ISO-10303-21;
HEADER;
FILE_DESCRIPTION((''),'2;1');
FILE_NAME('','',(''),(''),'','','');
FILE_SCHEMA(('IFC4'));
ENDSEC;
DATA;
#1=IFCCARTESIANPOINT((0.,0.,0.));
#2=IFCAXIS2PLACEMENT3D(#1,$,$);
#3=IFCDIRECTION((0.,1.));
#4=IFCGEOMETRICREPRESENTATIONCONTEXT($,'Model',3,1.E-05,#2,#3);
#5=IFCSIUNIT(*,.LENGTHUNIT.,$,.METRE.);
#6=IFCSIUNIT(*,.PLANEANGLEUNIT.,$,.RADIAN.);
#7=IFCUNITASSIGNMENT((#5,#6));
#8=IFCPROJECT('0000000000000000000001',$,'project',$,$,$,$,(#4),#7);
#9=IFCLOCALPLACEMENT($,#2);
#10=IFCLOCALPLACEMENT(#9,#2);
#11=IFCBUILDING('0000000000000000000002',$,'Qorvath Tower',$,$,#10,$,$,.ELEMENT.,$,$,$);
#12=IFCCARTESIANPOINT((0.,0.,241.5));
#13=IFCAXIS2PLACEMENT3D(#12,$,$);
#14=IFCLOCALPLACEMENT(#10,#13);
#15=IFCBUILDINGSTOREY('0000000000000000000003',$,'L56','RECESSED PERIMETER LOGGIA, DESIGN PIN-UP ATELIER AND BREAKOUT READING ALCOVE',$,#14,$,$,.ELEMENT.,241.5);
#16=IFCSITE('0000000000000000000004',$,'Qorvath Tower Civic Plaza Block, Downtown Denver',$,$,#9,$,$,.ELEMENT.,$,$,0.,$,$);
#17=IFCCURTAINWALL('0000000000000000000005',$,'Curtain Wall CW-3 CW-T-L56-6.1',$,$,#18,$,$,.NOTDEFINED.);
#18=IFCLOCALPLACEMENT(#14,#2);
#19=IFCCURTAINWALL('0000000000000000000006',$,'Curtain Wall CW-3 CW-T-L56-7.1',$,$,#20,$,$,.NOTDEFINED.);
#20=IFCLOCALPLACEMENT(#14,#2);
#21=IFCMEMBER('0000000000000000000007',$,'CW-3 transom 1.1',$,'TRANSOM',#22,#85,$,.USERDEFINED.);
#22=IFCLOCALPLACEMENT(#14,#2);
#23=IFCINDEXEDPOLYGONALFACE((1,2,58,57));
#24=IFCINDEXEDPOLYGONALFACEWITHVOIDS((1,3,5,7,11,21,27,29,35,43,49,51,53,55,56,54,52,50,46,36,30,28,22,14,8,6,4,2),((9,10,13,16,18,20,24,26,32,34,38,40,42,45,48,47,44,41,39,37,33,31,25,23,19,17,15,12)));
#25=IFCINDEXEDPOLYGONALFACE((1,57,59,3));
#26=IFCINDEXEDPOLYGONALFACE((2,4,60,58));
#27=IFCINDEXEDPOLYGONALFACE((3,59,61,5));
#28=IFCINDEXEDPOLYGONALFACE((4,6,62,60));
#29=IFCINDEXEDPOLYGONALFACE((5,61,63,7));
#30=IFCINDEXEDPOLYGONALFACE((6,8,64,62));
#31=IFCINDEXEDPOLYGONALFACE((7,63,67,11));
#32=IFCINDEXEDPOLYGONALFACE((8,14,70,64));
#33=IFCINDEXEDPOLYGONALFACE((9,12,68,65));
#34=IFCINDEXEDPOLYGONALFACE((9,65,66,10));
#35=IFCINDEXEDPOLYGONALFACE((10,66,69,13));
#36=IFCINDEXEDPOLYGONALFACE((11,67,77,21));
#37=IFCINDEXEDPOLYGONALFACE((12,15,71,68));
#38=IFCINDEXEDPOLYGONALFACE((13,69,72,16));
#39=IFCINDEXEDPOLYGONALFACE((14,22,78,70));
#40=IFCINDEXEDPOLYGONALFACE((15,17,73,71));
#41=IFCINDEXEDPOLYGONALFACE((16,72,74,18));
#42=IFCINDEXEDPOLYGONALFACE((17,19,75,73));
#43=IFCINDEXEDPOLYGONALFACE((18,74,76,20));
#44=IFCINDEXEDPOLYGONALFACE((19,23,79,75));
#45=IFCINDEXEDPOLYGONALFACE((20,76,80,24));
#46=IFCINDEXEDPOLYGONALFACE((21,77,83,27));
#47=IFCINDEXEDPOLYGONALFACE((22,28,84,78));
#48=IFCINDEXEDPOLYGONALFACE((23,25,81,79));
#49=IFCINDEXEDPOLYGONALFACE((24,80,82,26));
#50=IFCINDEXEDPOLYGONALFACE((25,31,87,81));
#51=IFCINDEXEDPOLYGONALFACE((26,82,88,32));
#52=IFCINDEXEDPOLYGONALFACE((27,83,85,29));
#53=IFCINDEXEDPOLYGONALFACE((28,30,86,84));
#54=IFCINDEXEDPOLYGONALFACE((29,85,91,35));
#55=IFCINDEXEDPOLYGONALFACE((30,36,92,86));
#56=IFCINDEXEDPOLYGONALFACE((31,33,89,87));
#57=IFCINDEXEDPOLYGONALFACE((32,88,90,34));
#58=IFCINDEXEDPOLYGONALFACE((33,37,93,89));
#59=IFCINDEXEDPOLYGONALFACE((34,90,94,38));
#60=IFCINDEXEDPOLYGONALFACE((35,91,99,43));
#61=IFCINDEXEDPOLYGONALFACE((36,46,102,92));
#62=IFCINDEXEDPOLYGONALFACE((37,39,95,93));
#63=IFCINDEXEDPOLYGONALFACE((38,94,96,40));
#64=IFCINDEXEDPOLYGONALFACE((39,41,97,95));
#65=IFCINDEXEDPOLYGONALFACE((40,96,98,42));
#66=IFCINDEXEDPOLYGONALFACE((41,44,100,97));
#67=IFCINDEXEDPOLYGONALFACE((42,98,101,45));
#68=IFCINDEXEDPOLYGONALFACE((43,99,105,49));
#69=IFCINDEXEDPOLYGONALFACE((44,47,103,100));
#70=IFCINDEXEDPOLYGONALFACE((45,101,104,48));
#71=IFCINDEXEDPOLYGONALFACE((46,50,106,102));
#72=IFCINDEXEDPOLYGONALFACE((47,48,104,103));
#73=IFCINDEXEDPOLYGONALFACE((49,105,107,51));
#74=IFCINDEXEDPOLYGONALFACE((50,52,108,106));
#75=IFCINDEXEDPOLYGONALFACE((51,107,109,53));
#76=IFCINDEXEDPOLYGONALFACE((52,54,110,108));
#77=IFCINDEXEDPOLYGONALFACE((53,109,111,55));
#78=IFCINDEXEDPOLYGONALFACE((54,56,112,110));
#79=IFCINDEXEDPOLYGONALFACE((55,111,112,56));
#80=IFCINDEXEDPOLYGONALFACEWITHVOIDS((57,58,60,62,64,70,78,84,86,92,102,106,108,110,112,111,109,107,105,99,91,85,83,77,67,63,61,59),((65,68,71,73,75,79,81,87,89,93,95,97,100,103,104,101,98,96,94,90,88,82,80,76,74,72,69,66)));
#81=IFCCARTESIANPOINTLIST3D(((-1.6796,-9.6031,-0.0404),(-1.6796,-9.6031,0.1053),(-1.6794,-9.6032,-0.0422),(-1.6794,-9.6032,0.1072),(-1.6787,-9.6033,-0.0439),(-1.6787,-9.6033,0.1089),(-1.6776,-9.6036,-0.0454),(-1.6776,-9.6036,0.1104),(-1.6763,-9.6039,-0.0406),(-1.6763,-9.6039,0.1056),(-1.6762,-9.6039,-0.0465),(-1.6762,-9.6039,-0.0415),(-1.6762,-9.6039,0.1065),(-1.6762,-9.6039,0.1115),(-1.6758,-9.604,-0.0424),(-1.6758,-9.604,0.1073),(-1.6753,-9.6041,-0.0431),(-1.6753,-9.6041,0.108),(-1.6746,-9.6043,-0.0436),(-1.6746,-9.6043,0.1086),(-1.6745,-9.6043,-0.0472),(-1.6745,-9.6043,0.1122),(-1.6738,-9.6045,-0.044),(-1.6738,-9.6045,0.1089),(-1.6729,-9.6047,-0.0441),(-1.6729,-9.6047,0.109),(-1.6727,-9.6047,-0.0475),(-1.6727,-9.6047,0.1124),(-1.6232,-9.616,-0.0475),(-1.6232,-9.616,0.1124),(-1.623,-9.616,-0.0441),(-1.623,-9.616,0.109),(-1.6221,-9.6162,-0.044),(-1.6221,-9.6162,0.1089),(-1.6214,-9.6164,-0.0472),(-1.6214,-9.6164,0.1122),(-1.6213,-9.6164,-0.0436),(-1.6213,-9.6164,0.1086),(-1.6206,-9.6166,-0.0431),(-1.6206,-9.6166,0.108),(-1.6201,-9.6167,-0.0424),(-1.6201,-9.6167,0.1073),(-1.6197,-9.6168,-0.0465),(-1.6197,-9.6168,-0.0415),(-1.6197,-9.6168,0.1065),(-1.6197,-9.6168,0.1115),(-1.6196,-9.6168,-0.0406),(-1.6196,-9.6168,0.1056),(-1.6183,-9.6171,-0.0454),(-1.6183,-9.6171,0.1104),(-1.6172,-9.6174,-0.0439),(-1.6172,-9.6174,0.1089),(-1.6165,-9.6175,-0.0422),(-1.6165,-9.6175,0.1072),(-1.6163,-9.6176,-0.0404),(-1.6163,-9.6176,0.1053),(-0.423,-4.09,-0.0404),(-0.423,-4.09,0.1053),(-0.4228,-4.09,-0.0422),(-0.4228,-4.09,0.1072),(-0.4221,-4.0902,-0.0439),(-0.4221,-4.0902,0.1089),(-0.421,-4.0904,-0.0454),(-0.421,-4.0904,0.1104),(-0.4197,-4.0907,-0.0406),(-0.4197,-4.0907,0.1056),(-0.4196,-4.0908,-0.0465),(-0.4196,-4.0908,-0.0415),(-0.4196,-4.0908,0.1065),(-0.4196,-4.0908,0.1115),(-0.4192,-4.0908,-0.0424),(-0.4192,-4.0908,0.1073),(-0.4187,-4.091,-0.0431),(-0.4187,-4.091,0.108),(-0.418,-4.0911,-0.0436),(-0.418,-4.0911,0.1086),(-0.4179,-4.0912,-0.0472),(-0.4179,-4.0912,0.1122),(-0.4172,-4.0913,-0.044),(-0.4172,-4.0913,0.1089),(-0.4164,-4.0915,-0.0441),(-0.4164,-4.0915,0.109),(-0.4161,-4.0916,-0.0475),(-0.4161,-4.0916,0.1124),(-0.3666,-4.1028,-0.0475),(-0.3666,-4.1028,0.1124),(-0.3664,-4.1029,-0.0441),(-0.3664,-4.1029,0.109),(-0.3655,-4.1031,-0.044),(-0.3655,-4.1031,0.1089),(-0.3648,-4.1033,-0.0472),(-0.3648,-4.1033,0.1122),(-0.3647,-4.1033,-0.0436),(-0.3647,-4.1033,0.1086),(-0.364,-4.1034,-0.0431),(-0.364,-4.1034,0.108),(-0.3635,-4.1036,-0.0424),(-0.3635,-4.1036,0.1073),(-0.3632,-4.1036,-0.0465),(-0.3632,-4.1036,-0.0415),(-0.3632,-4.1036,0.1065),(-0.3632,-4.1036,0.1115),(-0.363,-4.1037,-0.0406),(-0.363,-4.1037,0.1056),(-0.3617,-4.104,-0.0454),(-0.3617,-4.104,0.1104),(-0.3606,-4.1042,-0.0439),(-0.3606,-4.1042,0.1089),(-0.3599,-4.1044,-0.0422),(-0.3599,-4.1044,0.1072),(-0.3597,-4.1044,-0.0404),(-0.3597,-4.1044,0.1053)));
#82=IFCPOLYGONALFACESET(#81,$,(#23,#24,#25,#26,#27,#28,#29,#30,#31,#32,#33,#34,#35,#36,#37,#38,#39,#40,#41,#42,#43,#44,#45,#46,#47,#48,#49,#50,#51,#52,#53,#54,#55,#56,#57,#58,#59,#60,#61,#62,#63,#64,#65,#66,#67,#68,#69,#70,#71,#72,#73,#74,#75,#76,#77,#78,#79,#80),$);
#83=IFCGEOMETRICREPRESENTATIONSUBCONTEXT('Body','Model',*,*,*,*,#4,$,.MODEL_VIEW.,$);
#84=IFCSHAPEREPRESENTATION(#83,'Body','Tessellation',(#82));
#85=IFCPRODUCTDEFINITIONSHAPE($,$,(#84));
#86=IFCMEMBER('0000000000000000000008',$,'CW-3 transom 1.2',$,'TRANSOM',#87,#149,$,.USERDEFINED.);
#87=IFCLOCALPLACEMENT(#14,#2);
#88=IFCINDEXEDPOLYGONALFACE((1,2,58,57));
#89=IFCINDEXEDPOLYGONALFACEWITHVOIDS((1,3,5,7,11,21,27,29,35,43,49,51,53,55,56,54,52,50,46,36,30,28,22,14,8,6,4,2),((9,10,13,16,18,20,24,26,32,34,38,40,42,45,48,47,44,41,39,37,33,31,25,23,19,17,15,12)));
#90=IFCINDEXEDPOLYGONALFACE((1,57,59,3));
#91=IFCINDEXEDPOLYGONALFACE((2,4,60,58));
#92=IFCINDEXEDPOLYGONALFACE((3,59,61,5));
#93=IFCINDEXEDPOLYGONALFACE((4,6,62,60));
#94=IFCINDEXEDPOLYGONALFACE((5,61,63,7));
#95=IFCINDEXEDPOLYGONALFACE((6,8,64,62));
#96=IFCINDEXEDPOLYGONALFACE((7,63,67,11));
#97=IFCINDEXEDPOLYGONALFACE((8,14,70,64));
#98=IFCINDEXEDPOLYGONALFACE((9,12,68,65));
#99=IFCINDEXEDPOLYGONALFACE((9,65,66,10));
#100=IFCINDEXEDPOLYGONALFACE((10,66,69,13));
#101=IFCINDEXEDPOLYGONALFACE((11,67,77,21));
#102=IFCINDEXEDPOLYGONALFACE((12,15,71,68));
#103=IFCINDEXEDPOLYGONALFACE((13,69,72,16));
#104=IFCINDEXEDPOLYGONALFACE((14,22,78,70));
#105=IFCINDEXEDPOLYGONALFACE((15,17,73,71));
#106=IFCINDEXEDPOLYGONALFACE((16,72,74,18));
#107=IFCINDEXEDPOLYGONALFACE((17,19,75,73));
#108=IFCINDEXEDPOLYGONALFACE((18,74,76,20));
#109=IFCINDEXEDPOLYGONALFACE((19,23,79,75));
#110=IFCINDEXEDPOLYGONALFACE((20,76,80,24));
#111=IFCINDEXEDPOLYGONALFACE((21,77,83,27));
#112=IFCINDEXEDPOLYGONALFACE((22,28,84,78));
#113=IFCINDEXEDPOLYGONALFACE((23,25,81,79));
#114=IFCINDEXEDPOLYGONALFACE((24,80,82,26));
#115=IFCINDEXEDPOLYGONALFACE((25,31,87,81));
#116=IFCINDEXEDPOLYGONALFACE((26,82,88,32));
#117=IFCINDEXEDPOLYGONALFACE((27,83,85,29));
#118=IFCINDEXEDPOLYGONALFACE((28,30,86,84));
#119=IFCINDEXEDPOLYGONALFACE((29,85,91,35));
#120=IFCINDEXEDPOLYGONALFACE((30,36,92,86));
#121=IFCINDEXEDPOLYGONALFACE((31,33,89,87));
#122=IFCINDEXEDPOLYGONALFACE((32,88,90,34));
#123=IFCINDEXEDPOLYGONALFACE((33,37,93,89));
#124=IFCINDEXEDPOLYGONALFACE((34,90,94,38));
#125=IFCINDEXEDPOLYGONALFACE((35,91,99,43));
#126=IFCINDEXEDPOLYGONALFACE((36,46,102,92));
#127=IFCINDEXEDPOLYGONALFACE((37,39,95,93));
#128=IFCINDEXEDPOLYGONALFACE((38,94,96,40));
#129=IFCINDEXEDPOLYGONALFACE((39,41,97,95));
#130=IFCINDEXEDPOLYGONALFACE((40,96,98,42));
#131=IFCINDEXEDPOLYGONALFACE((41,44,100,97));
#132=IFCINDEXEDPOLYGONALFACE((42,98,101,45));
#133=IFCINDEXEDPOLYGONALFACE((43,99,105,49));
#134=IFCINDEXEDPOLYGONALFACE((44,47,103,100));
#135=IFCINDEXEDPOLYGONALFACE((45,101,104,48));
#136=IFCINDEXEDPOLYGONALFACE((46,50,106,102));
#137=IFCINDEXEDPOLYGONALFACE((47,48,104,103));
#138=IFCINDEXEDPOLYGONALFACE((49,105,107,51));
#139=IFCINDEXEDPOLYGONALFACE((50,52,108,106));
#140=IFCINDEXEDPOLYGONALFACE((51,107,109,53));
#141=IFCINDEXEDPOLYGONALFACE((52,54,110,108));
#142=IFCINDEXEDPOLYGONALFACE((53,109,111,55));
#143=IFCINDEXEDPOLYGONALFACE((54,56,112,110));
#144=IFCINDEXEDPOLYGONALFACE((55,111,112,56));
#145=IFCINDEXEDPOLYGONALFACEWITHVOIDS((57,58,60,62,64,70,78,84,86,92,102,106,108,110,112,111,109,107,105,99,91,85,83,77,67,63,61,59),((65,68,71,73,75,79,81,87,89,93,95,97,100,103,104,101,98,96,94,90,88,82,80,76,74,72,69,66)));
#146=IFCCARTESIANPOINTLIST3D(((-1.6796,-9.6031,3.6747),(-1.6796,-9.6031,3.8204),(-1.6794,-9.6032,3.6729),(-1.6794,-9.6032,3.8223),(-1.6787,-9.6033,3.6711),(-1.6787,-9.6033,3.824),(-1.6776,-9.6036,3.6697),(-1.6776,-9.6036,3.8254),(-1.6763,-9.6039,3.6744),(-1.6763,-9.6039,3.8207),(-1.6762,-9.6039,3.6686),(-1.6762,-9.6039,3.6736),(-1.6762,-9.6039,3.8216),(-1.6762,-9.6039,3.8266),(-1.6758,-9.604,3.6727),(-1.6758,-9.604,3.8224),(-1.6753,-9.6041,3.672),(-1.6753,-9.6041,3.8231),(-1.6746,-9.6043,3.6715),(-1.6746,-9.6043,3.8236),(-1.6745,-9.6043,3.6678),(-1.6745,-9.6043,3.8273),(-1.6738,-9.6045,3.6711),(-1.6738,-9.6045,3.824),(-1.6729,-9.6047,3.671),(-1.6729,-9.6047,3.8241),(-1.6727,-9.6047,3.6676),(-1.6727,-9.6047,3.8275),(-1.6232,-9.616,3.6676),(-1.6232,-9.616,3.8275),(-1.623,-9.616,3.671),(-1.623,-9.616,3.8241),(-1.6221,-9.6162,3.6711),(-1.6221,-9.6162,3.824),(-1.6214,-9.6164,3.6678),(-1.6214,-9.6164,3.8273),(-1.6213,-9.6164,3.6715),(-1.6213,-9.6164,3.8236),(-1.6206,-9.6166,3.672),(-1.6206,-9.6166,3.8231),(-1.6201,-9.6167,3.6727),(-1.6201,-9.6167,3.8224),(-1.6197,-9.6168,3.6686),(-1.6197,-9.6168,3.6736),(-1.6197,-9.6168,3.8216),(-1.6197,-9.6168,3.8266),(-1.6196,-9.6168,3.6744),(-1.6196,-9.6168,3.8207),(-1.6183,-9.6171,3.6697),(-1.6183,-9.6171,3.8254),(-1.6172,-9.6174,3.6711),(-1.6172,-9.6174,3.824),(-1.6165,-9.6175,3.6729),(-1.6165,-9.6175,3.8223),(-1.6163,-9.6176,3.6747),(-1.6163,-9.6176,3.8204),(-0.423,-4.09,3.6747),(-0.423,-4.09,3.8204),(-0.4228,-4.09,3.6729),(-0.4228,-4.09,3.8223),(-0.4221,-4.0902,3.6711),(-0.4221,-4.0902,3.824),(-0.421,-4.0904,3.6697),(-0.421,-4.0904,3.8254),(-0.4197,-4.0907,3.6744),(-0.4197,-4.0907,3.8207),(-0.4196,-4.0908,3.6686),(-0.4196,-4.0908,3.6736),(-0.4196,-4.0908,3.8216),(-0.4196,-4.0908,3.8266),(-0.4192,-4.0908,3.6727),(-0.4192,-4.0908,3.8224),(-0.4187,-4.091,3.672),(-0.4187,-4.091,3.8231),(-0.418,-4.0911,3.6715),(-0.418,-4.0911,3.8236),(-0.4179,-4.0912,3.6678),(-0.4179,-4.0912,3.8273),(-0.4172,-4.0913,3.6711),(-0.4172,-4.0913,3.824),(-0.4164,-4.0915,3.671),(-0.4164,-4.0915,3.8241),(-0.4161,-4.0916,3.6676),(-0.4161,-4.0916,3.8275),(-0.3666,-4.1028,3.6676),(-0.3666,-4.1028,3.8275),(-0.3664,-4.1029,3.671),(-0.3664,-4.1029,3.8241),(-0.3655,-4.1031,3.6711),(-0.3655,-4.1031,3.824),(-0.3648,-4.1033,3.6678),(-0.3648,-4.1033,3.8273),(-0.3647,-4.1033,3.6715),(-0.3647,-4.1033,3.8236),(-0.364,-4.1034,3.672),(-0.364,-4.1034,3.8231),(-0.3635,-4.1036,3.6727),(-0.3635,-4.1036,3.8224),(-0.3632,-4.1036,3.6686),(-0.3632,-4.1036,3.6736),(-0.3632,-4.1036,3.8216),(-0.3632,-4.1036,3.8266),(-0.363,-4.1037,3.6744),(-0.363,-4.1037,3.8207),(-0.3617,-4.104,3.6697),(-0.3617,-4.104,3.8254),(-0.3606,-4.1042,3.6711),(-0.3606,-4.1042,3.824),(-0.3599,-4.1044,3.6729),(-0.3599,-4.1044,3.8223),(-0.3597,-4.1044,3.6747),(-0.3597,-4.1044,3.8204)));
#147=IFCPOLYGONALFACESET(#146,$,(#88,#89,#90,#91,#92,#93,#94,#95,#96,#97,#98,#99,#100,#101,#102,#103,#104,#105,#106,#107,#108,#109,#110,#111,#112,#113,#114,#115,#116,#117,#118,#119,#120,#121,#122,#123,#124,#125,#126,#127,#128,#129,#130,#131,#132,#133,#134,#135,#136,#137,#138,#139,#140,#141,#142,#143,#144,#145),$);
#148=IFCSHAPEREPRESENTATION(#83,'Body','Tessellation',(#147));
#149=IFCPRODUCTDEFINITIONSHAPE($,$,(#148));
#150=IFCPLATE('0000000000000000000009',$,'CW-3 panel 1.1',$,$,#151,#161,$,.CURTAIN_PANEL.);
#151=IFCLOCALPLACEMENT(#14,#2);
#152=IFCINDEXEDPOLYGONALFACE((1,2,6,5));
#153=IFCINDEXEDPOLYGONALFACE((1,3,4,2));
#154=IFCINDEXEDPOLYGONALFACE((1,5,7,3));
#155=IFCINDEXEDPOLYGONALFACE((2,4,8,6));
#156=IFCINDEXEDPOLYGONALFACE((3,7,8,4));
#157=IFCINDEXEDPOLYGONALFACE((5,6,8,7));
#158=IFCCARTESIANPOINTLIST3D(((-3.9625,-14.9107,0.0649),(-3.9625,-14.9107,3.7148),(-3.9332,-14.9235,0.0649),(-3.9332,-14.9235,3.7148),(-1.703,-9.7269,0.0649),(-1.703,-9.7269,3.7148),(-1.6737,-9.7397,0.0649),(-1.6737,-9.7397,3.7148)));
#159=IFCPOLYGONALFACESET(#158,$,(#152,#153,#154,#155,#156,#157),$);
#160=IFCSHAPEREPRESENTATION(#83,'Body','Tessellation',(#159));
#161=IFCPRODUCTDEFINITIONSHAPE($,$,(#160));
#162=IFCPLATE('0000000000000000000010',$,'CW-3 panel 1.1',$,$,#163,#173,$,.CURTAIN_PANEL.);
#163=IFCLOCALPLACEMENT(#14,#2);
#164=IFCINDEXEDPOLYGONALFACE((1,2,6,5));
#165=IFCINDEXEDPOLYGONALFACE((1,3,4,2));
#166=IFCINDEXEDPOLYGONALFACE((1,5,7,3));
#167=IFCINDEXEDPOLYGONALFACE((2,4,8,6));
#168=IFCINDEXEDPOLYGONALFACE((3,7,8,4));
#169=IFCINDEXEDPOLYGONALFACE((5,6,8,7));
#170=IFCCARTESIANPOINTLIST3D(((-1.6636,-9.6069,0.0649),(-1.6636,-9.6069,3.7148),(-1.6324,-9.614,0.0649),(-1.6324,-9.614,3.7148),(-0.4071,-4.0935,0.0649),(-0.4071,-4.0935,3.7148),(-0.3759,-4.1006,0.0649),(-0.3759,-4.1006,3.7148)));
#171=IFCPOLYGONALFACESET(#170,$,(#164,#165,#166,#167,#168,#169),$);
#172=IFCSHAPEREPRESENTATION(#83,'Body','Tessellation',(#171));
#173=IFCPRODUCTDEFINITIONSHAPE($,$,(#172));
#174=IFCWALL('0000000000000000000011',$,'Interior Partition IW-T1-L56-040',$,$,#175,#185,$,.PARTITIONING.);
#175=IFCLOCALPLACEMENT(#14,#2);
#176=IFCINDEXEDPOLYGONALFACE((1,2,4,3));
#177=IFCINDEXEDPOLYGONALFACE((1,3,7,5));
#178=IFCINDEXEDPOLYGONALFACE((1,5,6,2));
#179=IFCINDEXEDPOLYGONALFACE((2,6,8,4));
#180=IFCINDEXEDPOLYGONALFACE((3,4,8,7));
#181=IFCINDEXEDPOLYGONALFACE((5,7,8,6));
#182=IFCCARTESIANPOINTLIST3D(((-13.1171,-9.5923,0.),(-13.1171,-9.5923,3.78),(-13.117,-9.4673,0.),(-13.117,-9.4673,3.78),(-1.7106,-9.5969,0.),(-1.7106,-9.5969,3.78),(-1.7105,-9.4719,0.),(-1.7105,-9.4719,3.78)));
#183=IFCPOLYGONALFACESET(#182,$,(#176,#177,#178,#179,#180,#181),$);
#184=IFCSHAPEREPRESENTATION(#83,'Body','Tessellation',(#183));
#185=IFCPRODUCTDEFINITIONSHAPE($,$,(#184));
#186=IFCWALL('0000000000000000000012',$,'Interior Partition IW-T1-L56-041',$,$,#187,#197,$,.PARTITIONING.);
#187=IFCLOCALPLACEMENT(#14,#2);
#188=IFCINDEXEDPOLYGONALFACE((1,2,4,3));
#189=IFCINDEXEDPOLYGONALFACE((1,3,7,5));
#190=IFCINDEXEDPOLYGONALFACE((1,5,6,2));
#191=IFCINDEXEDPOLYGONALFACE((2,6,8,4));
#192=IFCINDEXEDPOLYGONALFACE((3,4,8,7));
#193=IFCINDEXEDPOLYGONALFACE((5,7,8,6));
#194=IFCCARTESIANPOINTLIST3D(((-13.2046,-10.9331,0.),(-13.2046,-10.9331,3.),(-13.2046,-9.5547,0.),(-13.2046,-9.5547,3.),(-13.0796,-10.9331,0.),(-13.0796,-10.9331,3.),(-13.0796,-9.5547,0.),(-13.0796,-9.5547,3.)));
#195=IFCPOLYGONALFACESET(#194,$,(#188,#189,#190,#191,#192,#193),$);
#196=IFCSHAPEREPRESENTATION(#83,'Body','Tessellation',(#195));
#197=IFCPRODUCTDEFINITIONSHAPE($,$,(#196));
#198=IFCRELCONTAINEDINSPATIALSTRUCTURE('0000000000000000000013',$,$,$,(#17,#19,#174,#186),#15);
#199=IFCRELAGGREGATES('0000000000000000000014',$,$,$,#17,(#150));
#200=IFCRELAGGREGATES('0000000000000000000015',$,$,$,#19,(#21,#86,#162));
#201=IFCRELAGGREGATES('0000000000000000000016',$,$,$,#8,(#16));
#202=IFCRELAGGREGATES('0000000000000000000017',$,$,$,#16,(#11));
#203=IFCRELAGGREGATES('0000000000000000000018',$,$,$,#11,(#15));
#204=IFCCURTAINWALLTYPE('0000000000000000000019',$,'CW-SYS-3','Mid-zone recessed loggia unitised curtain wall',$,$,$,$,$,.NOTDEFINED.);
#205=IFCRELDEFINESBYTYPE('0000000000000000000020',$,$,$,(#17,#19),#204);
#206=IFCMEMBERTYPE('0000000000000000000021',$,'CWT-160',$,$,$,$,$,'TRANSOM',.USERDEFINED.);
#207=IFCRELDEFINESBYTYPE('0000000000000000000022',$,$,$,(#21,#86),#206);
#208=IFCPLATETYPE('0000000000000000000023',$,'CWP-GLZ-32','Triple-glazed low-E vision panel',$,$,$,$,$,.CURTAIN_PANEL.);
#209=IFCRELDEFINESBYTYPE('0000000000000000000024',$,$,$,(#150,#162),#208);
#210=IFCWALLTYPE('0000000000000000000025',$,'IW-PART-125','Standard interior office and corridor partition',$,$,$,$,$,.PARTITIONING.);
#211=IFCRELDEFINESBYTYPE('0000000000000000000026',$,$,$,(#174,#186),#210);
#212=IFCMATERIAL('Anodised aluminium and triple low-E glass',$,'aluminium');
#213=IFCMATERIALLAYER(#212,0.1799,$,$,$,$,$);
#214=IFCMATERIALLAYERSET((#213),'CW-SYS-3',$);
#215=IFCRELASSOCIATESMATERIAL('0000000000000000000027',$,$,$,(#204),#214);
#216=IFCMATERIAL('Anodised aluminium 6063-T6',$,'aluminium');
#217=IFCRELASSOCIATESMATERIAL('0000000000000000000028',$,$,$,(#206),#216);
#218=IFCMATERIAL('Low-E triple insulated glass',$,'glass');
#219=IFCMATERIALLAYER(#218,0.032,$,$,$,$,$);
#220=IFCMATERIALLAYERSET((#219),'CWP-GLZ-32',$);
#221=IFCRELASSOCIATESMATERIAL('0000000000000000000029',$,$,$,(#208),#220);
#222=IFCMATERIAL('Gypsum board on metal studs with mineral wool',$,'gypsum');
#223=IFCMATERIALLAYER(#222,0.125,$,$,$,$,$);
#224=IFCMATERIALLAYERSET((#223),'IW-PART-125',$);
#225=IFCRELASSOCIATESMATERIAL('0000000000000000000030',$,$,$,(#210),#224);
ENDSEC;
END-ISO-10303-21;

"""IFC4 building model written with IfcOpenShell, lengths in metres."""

from ifc_helpers import new_model, si_unit, direction, frame, frame_2d, origin, origin_2d, place, context, subcontext, project, spatial, rectangle, hollow_rectangle, extrude, material, layer, layer_set, material_profile, profile_set, type_object, element, aggregate, save


model = new_model("IFC4")

# Units and contexts
model_context = context("Model", 3, precision=1e-05, world=origin(), true_north=direction((0.0, 1.0)))
body_context = subcontext(model_context, "Body", "Model", "MODEL_VIEW")
ifc_project = project(units=[si_unit("LENGTHUNIT", "METRE"), si_unit("PLANEANGLEUNIT", "RADIAN")], contexts=[model_context])

# Site, building, storey
site_placement = place(None, origin())
site = spatial("IfcSite", under=ifc_project, at=site_placement, Name="Qorvath Tower Civic Plaza Block, Downtown Denver", CompositionType="ELEMENT", RefElevation=0.0)
building_placement = place(site_placement, origin())
building = spatial("IfcBuilding", under=site, at=building_placement, Name="Qorvath Tower", CompositionType="ELEMENT")
storey_placement = place(building_placement, frame((0.0, 0.0, 241.5)))
storey = spatial("IfcBuildingStorey", under=building, at=storey_placement, Name="L56", Description="RECESSED PERIMETER LOGGIA, DESIGN PIN-UP ATELIER AND BREAKOUT READING ALCOVE", CompositionType="ELEMENT", Elevation=241.5)

# Curtain walls
ifc_material_1 = material(Name="Anodised aluminium and triple low-E glass", Category="aluminium")
ifc_layer_1 = layer(ifc_material_1, 0.1799)
ifc_layer_set_1 = layer_set([ifc_layer_1], Name="CW-SYS-3")
curtain_wall_type = type_object("IfcCurtainWallType", Name="CW-SYS-3", Description="Mid-zone recessed loggia unitised curtain wall", PredefinedType="NOTDEFINED", material=ifc_layer_set_1)
curtain_wall_1_placement = place(storey_placement, origin())
curtain_wall_1 = element("IfcCurtainWall", 1, at=curtain_wall_1_placement, inside=storey, type_object=curtain_wall_type, Name="Curtain Wall CW-3 CW-T-L56-6.1", PredefinedType="NOTDEFINED")
curtain_wall_2_placement = place(storey_placement, origin())
curtain_wall_2 = element("IfcCurtainWall", 2, at=curtain_wall_2_placement, inside=storey, type_object=curtain_wall_type, Name="Curtain Wall CW-3 CW-T-L56-7.1", PredefinedType="NOTDEFINED")

# Members
ifc_material_2 = material(Name="Anodised aluminium 6063-T6", Category="aluminium")
ifc_material_profile_1 = material_profile(ifc_material_2, hollow_rectangle(XDim=0.0649, YDim=0.1599, WallThickness=0.0034, InnerFilletRadius=0.0034, OuterFilletRadius=0.0071, at=origin_2d()), Name="CWT 160x65")
ifc_profile_set_1 = profile_set([ifc_material_profile_1], Name="Anodised aluminium 6063-T6")
member_type_1 = type_object("IfcMemberType", Name="CWT-160", ElementType="TRANSOM", PredefinedType="USERDEFINED", material=ifc_profile_set_1)
member_1_placement = place(storey_placement, frame((-1.6479, -9.6104, 0.0325), z_axis=(0.222226, 0.974995, 0.0), x_axis=(-0.974995, 0.222226, 0.0)))
member_1 = element("IfcMember", 3, at=member_1_placement, type_object=member_type_1, Name="CW-3 transom 1.1", ObjectType="TRANSOM", PredefinedType="USERDEFINED", context=body_context, shape_type="SweptSolid", body=[
    extrude(hollow_rectangle(XDim=0.0649, YDim=0.1599, WallThickness=0.0034, InnerFilletRadius=0.0034, OuterFilletRadius=0.0071, at=origin_2d()), origin(), (0.0, 0.0, 1.0), 5.6545),
])
member_2_placement = place(storey_placement, frame((-1.6479, -9.6104, 3.7476), z_axis=(0.222226, 0.974995, 0.0), x_axis=(-0.974995, 0.222226, 0.0)))
member_2 = element("IfcMember", 4, at=member_2_placement, type_object=member_type_1, Name="CW-3 transom 1.2", ObjectType="TRANSOM", PredefinedType="USERDEFINED", context=body_context, shape_type="SweptSolid", body=[
    extrude(hollow_rectangle(XDim=0.0649, YDim=0.1599, WallThickness=0.0034, InnerFilletRadius=0.0034, OuterFilletRadius=0.0071, at=origin_2d()), origin(), (0.0, 0.0, 1.0), 5.6545),
])

# Plates
ifc_material_3 = material(Name="Low-E triple insulated glass", Category="glass")
ifc_layer_2 = layer(ifc_material_3, 0.032)
ifc_layer_set_2 = layer_set([ifc_layer_2], Name="CWP-GLZ-32")
plate_type = type_object("IfcPlateType", Name="CWP-GLZ-32", Description="Triple-glazed low-E vision panel", PredefinedType="CURTAIN_PANEL", material=ifc_layer_set_2)
plate_1_placement = place(storey_placement, frame((-2.8181, -12.3252, 0.0649), z_axis=(0.0, 0.0, 1.0), x_axis=(0.399576, 0.9167, 0.0)))
plate_1 = element("IfcPlate", 5, at=plate_1_placement, type_object=plate_type, Name="CW-3 panel 1.1", PredefinedType="CURTAIN_PANEL", context=body_context, shape_type="SweptSolid", body=[
    extrude(rectangle(XDim=5.6548, YDim=0.032, at=origin_2d()), origin(), (0.0, 0.0, 1.0), 3.6499),
])
aggregate(curtain_wall_1, [plate_1])
plate_2_placement = place(storey_placement, frame((-1.0198, -6.8538, 0.0649), z_axis=(0.0, 0.0, 1.0), x_axis=(0.222206, 0.975, 0.0)))
plate_2 = element("IfcPlate", 6, at=plate_2_placement, type_object=plate_type, Name="CW-3 panel 1.1", PredefinedType="CURTAIN_PANEL", context=body_context, shape_type="SweptSolid", body=[
    extrude(rectangle(XDim=5.6548, YDim=0.032, at=origin_2d()), origin(), (0.0, 0.0, 1.0), 3.6499),
])
aggregate(curtain_wall_2, [member_1, member_2, plate_2])

# Walls
ifc_material_4 = material(Name="Gypsum board on metal studs with mineral wool", Category="gypsum")
ifc_layer_3 = layer(ifc_material_4, 0.125)
ifc_layer_set_3 = layer_set([ifc_layer_3], Name="IW-PART-125")
wall_type_1 = type_object("IfcWallType", Name="IW-PART-125", Description="Standard interior office and corridor partition", PredefinedType="PARTITIONING", material=ifc_layer_set_3)
wall_1_placement = place(storey_placement, frame((-1.7107, -9.5344, 0.0), z_axis=(0.0, 0.0, 1.0), x_axis=(-1.0, 0.000407, 0.0)))
element("IfcWall", 7, at=wall_1_placement, inside=storey, type_object=wall_type_1, Name="Interior Partition IW-T1-L56-040", PredefinedType="PARTITIONING", context=body_context, shape_type="SweptSolid", body=[
    extrude(rectangle(XDim=11.4065, YDim=0.125, at=frame_2d((5.7031, 0.0))), origin(), (0.0, 0.0, 1.0), 3.78),
])
wall_2_placement = place(storey_placement, frame((-13.1421, -9.5547, 0.0), z_axis=(0.0, 0.0, 1.0), x_axis=(0.0, -1.0, 0.0)))
element("IfcWall", 8, at=wall_2_placement, inside=storey, type_object=wall_type_1, Name="Interior Partition IW-T1-L56-041", PredefinedType="PARTITIONING", context=body_context, shape_type="SweptSolid", body=[
    extrude(rectangle(XDim=1.3784, YDim=0.125, at=frame_2d((0.6892, 0.0))), origin(), (0.0, 0.0, 1.0), 3.0),
])

save(model, "model.ifc")
